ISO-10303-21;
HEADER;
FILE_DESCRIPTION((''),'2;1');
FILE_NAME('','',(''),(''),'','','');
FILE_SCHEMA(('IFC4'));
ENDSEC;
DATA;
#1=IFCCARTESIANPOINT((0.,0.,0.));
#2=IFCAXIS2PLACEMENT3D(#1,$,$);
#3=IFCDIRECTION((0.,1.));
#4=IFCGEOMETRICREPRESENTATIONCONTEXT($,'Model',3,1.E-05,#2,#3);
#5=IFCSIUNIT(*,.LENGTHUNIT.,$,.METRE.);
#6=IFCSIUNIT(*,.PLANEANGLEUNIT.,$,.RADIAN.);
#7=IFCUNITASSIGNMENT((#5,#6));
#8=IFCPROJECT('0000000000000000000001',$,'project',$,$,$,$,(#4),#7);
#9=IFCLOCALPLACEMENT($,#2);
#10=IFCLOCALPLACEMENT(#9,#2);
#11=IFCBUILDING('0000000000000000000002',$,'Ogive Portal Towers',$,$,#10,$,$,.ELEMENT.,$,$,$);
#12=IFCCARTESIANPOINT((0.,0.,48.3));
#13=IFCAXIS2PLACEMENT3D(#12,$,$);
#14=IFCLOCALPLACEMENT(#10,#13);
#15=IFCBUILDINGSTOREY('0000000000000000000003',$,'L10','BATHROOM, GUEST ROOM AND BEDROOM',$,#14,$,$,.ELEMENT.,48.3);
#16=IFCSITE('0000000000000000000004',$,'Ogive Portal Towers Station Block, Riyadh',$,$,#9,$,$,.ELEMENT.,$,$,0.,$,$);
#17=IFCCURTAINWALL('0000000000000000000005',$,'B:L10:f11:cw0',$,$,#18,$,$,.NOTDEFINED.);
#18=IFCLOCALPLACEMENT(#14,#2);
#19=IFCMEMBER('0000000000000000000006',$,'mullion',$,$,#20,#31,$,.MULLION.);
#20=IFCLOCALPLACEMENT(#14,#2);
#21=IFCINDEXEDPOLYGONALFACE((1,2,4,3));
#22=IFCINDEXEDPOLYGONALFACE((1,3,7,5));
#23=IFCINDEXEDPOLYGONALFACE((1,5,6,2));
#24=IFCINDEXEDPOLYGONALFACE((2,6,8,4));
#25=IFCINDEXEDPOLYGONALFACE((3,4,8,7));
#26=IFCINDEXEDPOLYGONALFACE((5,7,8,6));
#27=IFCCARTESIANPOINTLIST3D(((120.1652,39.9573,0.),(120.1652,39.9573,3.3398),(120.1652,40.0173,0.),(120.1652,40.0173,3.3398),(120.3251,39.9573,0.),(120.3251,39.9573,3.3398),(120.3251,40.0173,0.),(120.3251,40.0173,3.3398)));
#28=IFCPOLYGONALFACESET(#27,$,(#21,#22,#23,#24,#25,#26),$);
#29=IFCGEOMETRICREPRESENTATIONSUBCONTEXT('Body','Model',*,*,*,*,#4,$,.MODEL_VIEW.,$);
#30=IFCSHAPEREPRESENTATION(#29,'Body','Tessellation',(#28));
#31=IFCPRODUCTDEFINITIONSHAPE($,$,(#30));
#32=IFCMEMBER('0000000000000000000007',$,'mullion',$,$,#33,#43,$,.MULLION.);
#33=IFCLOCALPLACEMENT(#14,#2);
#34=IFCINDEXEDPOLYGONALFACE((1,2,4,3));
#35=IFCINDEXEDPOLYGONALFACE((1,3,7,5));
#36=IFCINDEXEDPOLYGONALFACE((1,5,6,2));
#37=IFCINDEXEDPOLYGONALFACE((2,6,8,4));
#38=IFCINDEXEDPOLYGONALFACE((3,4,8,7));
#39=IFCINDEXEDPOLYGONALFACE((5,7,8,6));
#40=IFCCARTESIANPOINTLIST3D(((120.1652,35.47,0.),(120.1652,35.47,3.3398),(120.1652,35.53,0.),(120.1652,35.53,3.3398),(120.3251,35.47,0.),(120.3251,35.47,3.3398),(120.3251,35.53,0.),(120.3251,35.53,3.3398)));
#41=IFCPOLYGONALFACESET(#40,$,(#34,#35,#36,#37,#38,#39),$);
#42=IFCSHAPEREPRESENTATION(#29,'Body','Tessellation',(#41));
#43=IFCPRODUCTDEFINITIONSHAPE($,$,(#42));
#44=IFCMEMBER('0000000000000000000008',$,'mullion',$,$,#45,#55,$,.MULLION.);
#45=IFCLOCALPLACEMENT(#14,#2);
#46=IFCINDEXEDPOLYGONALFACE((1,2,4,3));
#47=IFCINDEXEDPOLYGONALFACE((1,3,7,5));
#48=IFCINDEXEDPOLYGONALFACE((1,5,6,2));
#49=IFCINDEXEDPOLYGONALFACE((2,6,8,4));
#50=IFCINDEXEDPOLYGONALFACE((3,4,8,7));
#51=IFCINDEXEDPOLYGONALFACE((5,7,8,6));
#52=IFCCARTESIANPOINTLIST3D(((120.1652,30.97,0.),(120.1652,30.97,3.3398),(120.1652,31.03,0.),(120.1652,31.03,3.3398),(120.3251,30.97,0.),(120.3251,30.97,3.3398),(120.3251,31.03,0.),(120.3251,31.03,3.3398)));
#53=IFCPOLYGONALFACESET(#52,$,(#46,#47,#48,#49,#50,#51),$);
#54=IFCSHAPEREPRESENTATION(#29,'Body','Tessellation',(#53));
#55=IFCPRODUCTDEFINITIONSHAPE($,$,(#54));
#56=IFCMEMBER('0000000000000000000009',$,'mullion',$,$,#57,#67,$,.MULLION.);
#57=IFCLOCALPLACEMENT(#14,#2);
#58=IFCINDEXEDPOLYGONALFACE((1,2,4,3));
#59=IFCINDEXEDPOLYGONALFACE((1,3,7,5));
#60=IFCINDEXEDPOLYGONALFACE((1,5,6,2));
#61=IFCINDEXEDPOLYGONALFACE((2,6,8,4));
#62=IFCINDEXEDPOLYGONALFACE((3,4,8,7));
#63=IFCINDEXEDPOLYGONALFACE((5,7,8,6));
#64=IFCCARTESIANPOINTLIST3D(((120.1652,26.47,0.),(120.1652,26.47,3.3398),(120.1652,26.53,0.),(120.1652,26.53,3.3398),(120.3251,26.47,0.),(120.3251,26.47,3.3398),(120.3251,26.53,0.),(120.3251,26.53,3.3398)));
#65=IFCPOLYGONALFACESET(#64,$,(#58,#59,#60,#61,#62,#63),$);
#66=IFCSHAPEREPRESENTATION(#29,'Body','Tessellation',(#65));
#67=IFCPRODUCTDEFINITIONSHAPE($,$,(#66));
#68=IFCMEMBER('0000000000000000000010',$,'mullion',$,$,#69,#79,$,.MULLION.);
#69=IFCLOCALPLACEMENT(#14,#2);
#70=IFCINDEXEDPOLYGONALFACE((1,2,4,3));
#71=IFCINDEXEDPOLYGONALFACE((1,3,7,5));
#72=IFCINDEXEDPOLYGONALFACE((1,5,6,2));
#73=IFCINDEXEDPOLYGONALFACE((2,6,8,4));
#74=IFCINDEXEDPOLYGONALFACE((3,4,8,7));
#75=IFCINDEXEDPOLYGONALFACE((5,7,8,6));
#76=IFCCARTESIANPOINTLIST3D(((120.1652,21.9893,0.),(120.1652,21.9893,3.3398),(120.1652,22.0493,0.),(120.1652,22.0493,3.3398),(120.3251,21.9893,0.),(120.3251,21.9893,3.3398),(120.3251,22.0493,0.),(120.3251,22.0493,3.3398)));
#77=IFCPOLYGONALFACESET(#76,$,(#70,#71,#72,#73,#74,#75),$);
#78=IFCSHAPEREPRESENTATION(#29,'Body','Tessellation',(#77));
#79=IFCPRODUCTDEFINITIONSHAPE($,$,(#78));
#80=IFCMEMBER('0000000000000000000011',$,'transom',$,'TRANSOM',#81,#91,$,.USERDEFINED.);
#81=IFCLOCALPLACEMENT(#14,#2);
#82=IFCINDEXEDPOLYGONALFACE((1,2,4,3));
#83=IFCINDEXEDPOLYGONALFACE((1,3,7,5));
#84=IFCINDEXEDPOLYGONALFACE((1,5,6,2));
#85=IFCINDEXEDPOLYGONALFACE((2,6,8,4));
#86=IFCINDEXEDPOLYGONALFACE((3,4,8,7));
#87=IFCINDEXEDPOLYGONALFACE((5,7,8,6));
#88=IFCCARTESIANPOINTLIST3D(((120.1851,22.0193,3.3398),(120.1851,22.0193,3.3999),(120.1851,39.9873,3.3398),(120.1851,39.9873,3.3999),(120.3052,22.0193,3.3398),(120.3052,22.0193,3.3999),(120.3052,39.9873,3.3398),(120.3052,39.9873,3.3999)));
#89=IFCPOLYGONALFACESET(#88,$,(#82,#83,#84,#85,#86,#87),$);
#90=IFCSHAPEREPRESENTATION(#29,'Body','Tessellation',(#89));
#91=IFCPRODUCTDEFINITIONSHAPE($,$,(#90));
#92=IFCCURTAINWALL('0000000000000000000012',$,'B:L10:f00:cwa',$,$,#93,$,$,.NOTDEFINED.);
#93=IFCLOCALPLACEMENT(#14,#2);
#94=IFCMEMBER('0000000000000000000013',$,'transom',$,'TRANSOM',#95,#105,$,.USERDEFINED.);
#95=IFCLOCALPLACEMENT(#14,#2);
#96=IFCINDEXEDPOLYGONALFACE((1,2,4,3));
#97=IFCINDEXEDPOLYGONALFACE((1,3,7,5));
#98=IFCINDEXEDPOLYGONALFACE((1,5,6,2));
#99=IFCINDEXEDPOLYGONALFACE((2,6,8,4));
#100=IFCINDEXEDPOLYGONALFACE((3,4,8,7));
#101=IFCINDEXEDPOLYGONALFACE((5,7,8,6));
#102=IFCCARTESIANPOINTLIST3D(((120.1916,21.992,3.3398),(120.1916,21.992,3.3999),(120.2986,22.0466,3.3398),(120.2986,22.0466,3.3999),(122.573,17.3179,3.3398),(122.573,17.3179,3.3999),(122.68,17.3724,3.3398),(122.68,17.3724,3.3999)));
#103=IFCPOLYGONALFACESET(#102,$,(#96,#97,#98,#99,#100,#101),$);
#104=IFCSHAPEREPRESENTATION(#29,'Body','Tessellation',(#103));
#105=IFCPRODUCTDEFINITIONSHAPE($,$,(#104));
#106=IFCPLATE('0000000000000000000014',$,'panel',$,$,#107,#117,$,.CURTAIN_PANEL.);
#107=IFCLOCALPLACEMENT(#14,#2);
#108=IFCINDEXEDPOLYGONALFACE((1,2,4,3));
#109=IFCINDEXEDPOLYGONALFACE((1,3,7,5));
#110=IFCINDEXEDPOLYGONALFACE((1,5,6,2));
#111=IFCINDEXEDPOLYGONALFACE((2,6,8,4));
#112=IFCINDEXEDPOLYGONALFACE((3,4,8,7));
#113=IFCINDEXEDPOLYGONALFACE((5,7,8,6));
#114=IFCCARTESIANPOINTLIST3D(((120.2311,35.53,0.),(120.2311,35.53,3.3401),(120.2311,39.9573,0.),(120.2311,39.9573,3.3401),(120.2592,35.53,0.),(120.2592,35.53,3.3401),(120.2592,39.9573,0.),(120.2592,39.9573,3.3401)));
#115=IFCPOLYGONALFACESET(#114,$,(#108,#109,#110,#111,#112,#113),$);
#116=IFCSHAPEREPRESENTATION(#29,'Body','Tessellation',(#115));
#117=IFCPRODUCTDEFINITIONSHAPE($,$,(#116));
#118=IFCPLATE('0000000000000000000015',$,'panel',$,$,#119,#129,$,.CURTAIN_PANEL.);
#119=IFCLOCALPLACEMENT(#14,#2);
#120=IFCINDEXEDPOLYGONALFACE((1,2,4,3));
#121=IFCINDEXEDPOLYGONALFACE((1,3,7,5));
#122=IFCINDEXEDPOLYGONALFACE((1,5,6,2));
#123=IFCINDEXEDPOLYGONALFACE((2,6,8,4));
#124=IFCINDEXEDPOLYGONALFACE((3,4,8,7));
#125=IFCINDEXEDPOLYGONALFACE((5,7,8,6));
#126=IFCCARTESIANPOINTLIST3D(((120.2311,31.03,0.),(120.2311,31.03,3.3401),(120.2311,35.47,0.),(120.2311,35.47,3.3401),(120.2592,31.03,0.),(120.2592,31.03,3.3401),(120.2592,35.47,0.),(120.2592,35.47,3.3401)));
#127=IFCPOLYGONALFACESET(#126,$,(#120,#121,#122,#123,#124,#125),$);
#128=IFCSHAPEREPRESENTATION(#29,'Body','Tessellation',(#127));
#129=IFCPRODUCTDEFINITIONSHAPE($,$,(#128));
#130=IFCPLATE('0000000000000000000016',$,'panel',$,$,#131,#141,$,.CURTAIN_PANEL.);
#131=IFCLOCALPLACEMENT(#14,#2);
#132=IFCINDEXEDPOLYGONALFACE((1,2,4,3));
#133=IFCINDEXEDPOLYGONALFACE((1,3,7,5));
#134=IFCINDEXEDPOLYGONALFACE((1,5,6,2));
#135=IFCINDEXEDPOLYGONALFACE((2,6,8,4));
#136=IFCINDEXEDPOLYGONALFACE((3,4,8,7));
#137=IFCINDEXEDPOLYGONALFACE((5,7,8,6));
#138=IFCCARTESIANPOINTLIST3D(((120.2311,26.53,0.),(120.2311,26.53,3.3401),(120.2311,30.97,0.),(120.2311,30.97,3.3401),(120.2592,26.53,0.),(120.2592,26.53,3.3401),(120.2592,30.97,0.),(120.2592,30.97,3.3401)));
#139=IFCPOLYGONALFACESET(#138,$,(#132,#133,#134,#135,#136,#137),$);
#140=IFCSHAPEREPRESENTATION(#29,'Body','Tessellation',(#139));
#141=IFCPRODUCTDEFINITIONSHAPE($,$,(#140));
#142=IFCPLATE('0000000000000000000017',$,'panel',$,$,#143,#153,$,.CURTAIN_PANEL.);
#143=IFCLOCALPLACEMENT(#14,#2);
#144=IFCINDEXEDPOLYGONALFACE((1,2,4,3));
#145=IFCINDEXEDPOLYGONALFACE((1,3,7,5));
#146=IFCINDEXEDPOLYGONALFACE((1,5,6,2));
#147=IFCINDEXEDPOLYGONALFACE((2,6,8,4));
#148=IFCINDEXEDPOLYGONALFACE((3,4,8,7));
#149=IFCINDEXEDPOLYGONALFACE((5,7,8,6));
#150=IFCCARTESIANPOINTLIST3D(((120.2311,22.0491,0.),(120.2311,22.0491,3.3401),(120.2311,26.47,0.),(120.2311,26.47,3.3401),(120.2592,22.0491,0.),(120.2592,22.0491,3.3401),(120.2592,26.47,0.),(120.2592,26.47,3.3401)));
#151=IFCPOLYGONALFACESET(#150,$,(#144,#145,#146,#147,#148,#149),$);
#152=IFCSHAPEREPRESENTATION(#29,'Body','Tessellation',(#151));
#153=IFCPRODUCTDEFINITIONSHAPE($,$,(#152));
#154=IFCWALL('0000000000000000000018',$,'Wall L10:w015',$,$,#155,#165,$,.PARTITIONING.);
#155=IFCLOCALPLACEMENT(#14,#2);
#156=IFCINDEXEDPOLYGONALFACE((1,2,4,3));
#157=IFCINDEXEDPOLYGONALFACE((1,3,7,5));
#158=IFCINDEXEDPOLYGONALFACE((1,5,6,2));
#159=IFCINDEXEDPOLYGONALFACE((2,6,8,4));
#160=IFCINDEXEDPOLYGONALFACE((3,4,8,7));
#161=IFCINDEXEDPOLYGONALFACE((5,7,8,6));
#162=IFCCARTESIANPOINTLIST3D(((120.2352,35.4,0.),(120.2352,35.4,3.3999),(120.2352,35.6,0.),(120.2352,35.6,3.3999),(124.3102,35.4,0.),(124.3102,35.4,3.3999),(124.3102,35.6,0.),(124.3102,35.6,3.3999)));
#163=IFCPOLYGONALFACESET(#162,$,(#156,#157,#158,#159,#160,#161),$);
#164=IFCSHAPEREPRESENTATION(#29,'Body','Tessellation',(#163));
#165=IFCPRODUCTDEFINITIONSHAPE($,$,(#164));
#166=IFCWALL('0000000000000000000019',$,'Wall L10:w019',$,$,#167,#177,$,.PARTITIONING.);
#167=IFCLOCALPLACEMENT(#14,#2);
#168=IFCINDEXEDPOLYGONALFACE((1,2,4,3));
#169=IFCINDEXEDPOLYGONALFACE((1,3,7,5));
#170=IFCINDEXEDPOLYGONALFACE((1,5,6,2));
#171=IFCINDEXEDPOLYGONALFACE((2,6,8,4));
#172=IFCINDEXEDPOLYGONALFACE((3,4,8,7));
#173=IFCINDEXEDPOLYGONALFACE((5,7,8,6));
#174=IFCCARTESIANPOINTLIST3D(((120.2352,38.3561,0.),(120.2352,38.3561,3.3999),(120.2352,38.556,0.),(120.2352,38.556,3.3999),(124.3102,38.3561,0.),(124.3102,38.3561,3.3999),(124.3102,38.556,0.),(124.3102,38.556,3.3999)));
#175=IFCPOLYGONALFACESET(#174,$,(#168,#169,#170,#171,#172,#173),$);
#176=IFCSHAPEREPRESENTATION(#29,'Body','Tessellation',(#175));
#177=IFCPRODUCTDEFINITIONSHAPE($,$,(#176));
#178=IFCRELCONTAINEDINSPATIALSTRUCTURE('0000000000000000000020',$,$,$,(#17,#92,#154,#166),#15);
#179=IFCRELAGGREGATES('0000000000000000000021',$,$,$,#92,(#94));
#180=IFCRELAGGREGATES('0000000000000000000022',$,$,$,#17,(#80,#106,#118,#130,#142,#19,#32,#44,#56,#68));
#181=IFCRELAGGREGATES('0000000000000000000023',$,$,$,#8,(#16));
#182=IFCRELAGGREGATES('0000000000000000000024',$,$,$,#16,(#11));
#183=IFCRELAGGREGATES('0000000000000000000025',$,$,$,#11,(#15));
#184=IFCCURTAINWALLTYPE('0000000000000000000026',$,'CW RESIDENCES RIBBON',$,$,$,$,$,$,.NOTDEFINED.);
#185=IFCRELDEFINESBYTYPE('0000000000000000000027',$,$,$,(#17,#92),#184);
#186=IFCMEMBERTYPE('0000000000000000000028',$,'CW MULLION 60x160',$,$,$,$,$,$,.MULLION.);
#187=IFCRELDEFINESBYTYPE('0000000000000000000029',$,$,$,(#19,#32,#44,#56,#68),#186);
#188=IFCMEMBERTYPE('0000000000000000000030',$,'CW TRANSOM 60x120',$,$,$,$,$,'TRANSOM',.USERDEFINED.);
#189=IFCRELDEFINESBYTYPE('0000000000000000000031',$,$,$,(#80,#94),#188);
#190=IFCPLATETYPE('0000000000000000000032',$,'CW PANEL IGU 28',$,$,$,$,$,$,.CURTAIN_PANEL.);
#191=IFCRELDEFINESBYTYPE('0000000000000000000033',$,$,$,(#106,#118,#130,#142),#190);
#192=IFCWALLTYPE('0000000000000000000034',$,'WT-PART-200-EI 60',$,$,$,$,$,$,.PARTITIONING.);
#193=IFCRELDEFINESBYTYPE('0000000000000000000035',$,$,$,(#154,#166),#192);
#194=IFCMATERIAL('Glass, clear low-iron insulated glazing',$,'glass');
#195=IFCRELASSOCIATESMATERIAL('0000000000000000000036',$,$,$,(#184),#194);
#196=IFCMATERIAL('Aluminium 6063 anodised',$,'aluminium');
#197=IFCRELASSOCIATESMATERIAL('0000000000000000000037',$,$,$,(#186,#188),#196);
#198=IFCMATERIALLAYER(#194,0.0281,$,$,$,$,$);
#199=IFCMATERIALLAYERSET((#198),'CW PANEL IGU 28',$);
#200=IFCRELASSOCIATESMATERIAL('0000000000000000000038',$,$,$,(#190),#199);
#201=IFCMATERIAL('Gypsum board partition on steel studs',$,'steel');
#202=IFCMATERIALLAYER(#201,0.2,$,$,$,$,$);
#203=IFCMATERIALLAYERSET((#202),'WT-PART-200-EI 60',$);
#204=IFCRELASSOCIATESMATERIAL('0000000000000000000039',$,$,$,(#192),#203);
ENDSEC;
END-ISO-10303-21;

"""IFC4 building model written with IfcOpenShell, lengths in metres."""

from ifc_helpers import new_model, si_unit, direction, frame, frame_2d, origin, origin_2d, place, context, subcontext, project, spatial, rectangle, extrude, material, layer, layer_set, material_profile, profile_set, type_object, element, aggregate, save


model = new_model("IFC4")

# Units and contexts
model_context = context("Model", 3, precision=1e-05, world=origin(), true_north=direction((0.0, 1.0)))
body_context = subcontext(model_context, "Body", "Model", "MODEL_VIEW")
ifc_project = project(units=[si_unit("LENGTHUNIT", "METRE"), si_unit("PLANEANGLEUNIT", "RADIAN")], contexts=[model_context])

# Site, building, storey
site_placement = place(None, origin())
site = spatial("IfcSite", under=ifc_project, at=site_placement, Name="Ogive Portal Towers Station Block, Riyadh", CompositionType="ELEMENT", RefElevation=0.0)
building_placement = place(site_placement, origin())
building = spatial("IfcBuilding", under=site, at=building_placement, Name="Ogive Portal Towers", CompositionType="ELEMENT")
storey_placement = place(building_placement, frame((0.0, 0.0, 48.3)))
storey = spatial("IfcBuildingStorey", under=building, at=storey_placement, Name="L10", Description="BATHROOM, GUEST ROOM AND BEDROOM", CompositionType="ELEMENT", Elevation=48.3)

# Curtain wall, members
ifc_material_1 = material(Name="Glass, clear low-iron insulated glazing", Category="glass")
curtain_wall_type = type_object("IfcCurtainWallType", Name="CW RESIDENCES RIBBON", PredefinedType="NOTDEFINED", material=ifc_material_1)
curtain_wall_1_placement = place(storey_placement, origin())
curtain_wall_1 = element("IfcCurtainWall", 1, at=curtain_wall_1_placement, inside=storey, type_object=curtain_wall_type, Name="B:L10:f11:cw0", PredefinedType="NOTDEFINED")
ifc_material_2 = material(Name="Aluminium 6063 anodised", Category="aluminium")
ifc_material_profile_1 = material_profile(ifc_material_2, rectangle(XDim=0.1599, YDim=0.0601, at=origin_2d()), Name="AL 60x160")
ifc_profile_set_1 = profile_set([ifc_material_profile_1], Name="Aluminium 6063 anodised")
member_type_1 = type_object("IfcMemberType", Name="CW MULLION 60x160", PredefinedType="MULLION", material=ifc_profile_set_1)
member_1_placement = place(storey_placement, frame((120.2451, 39.9873, 0.0), z_axis=(0.0, 0.0, 1.0), x_axis=(1.0, 0.0, 0.0)))
member_1 = element("IfcMember", 2, at=member_1_placement, type_object=member_type_1, Name="mullion", PredefinedType="MULLION", context=body_context, shape_type="SweptSolid", body=[
    extrude(rectangle(XDim=0.1599, YDim=0.0601, at=origin_2d()), origin(), (0.0, 0.0, 1.0), 3.3398),
])
member_2_placement = place(storey_placement, frame((120.2451, 35.5, 0.0), z_axis=(0.0, 0.0, 1.0), x_axis=(1.0, 0.0, 0.0)))
member_2 = element("IfcMember", 3, at=member_2_placement, type_object=member_type_1, Name="mullion", PredefinedType="MULLION", context=body_context, shape_type="SweptSolid", body=[
    extrude(rectangle(XDim=0.1599, YDim=0.0601, at=origin_2d()), origin(), (0.0, 0.0, 1.0), 3.3398),
])
member_3_placement = place(storey_placement, frame((120.2451, 31.0, 0.0), z_axis=(0.0, 0.0, 1.0), x_axis=(1.0, 0.0, 0.0)))
member_3 = element("IfcMember", 4, at=member_3_placement, type_object=member_type_1, Name="mullion", PredefinedType="MULLION", context=body_context, shape_type="SweptSolid", body=[
    extrude(rectangle(XDim=0.1599, YDim=0.0601, at=origin_2d()), origin(), (0.0, 0.0, 1.0), 3.3398),
])
member_4_placement = place(storey_placement, frame((120.2451, 26.5, 0.0), z_axis=(0.0, 0.0, 1.0), x_axis=(1.0, 0.0, 0.0)))
member_4 = element("IfcMember", 5, at=member_4_placement, type_object=member_type_1, Name="mullion", PredefinedType="MULLION", context=body_context, shape_type="SweptSolid", body=[
    extrude(rectangle(XDim=0.1599, YDim=0.0601, at=origin_2d()), origin(), (0.0, 0.0, 1.0), 3.3398),
])
member_5_placement = place(storey_placement, frame((120.2451, 22.0193, 0.0), z_axis=(0.0, 0.0, 1.0), x_axis=(1.0, 0.0, 0.0)))
member_5 = element("IfcMember", 6, at=member_5_placement, type_object=member_type_1, Name="mullion", PredefinedType="MULLION", context=body_context, shape_type="SweptSolid", body=[
    extrude(rectangle(XDim=0.1599, YDim=0.0601, at=origin_2d()), origin(), (0.0, 0.0, 1.0), 3.3398),
])
ifc_material_profile_2 = material_profile(ifc_material_2, rectangle(XDim=0.1201, YDim=0.0601, at=origin_2d()), Name="AL 120x60")
ifc_profile_set_2 = profile_set([ifc_material_profile_2], Name="Aluminium 6063 anodised")
member_type_2 = type_object("IfcMemberType", Name="CW TRANSOM 60x120", ElementType="TRANSOM", PredefinedType="USERDEFINED", material=ifc_profile_set_2)
member_6_placement = place(storey_placement, frame((120.2451, 39.9873, 3.3699), z_axis=(0.0, -1.0, 0.0), x_axis=(1.0, 0.0, 0.0)))
member_6 = element("IfcMember", 7, at=member_6_placement, type_object=member_type_2, Name="transom", ObjectType="TRANSOM", PredefinedType="USERDEFINED", context=body_context, shape_type="SweptSolid", body=[
    extrude(rectangle(XDim=0.1201, YDim=0.0601, at=origin_2d()), origin(), (0.0, 0.0, 1.0), 17.968),
])

# Curtain wall, member
curtain_wall_2_placement = place(storey_placement, origin())
curtain_wall_2 = element("IfcCurtainWall", 8, at=curtain_wall_2_placement, inside=storey, type_object=curtain_wall_type, Name="B:L10:f00:cwa", PredefinedType="NOTDEFINED")
member_7_placement = place(storey_placement, frame((120.2451, 22.0193, 3.3699), z_axis=(0.453959, -0.891023, 0.0), x_axis=(0.891023, 0.453959, 0.0)))
member_7 = element("IfcMember", 9, at=member_7_placement, type_object=member_type_2, Name="transom", ObjectType="TRANSOM", PredefinedType="USERDEFINED", context=body_context, shape_type="SweptSolid", body=[
    extrude(rectangle(XDim=0.1201, YDim=0.0601, at=origin_2d()), origin(), (0.0, 0.0, 1.0), 5.2458),
])
aggregate(curtain_wall_2, [member_7])

# Plates
ifc_layer_1 = layer(ifc_material_1, 0.0281)
ifc_layer_set_1 = layer_set([ifc_layer_1], Name="CW PANEL IGU 28")
plate_type = type_object("IfcPlateType", Name="CW PANEL IGU 28", PredefinedType="CURTAIN_PANEL", material=ifc_layer_set_1)
plate_1_placement = place(storey_placement, frame((120.2451, 37.7437, 0.0), z_axis=(0.0, 0.0, 1.0), x_axis=(0.0, -1.0, 0.0)))
plate_1 = element("IfcPlate", 10, at=plate_1_placement, type_object=plate_type, Name="panel", PredefinedType="CURTAIN_PANEL", context=body_context, shape_type="SweptSolid", body=[
    extrude(rectangle(XDim=4.4272, YDim=0.0281, at=origin_2d()), origin(), (0.0, 0.0, 1.0), 3.3401),
])
plate_2_placement = place(storey_placement, frame((120.2451, 33.25, 0.0), z_axis=(0.0, 0.0, 1.0), x_axis=(0.0, -1.0, 0.0)))
plate_2 = element("IfcPlate", 11, at=plate_2_placement, type_object=plate_type, Name="panel", PredefinedType="CURTAIN_PANEL", context=body_context, shape_type="SweptSolid", body=[
    extrude(rectangle(XDim=4.4399, YDim=0.0281, at=origin_2d()), origin(), (0.0, 0.0, 1.0), 3.3401),
])
plate_3_placement = place(storey_placement, frame((120.2451, 28.75, 0.0), z_axis=(0.0, 0.0, 1.0), x_axis=(0.0, -1.0, 0.0)))
plate_3 = element("IfcPlate", 12, at=plate_3_placement, type_object=plate_type, Name="panel", PredefinedType="CURTAIN_PANEL", context=body_context, shape_type="SweptSolid", body=[
    extrude(rectangle(XDim=4.4399, YDim=0.0281, at=origin_2d()), origin(), (0.0, 0.0, 1.0), 3.3401),
])
plate_4_placement = place(storey_placement, frame((120.2451, 24.2595, 0.0), z_axis=(0.0, 0.0, 1.0), x_axis=(0.0, -1.0, 0.0)))
plate_4 = element("IfcPlate", 13, at=plate_4_placement, type_object=plate_type, Name="panel", PredefinedType="CURTAIN_PANEL", context=body_context, shape_type="SweptSolid", body=[
    extrude(rectangle(XDim=4.4209, YDim=0.0281, at=origin_2d()), origin(), (0.0, 0.0, 1.0), 3.3401),
])
aggregate(curtain_wall_1, [member_6, plate_1, plate_2, plate_3, plate_4, member_1, member_2, member_3, member_4, member_5])

# Walls
ifc_material_3 = material(Name="Gypsum board partition on steel studs", Category="steel")
ifc_layer_2 = layer(ifc_material_3, 0.2)
ifc_layer_set_2 = layer_set([ifc_layer_2], Name="WT-PART-200-EI 60")
wall_type = type_object("IfcWallType", Name="WT-PART-200-EI 60", PredefinedType="PARTITIONING", material=ifc_layer_set_2)
for number, where, z_axis, x_axis, name in (
    (14, (120.2351, 35.5, 0.0), (0.0, 0.0, 1.0), (1.0, 0.0, 0.0), "Wall L10:w015"),
    (15, (120.2351, 38.4561, 0.0), (0.0, 0.0, 1.0), (1.0, 0.0, 0.0), "Wall L10:w019"),
):
    element("IfcWall", number, at=place(storey_placement, frame(where, z_axis=z_axis, x_axis=x_axis)), inside=storey, type_object=wall_type, Name=name, PredefinedType="PARTITIONING", context=body_context, shape_type="SweptSolid", body=[
        extrude(rectangle(XDim=4.075, YDim=0.2, at=frame_2d((2.0376, 0.0))), origin(), (0.0, 0.0, 1.0), 3.3999),
    ])

save(model, "model.ifc")
